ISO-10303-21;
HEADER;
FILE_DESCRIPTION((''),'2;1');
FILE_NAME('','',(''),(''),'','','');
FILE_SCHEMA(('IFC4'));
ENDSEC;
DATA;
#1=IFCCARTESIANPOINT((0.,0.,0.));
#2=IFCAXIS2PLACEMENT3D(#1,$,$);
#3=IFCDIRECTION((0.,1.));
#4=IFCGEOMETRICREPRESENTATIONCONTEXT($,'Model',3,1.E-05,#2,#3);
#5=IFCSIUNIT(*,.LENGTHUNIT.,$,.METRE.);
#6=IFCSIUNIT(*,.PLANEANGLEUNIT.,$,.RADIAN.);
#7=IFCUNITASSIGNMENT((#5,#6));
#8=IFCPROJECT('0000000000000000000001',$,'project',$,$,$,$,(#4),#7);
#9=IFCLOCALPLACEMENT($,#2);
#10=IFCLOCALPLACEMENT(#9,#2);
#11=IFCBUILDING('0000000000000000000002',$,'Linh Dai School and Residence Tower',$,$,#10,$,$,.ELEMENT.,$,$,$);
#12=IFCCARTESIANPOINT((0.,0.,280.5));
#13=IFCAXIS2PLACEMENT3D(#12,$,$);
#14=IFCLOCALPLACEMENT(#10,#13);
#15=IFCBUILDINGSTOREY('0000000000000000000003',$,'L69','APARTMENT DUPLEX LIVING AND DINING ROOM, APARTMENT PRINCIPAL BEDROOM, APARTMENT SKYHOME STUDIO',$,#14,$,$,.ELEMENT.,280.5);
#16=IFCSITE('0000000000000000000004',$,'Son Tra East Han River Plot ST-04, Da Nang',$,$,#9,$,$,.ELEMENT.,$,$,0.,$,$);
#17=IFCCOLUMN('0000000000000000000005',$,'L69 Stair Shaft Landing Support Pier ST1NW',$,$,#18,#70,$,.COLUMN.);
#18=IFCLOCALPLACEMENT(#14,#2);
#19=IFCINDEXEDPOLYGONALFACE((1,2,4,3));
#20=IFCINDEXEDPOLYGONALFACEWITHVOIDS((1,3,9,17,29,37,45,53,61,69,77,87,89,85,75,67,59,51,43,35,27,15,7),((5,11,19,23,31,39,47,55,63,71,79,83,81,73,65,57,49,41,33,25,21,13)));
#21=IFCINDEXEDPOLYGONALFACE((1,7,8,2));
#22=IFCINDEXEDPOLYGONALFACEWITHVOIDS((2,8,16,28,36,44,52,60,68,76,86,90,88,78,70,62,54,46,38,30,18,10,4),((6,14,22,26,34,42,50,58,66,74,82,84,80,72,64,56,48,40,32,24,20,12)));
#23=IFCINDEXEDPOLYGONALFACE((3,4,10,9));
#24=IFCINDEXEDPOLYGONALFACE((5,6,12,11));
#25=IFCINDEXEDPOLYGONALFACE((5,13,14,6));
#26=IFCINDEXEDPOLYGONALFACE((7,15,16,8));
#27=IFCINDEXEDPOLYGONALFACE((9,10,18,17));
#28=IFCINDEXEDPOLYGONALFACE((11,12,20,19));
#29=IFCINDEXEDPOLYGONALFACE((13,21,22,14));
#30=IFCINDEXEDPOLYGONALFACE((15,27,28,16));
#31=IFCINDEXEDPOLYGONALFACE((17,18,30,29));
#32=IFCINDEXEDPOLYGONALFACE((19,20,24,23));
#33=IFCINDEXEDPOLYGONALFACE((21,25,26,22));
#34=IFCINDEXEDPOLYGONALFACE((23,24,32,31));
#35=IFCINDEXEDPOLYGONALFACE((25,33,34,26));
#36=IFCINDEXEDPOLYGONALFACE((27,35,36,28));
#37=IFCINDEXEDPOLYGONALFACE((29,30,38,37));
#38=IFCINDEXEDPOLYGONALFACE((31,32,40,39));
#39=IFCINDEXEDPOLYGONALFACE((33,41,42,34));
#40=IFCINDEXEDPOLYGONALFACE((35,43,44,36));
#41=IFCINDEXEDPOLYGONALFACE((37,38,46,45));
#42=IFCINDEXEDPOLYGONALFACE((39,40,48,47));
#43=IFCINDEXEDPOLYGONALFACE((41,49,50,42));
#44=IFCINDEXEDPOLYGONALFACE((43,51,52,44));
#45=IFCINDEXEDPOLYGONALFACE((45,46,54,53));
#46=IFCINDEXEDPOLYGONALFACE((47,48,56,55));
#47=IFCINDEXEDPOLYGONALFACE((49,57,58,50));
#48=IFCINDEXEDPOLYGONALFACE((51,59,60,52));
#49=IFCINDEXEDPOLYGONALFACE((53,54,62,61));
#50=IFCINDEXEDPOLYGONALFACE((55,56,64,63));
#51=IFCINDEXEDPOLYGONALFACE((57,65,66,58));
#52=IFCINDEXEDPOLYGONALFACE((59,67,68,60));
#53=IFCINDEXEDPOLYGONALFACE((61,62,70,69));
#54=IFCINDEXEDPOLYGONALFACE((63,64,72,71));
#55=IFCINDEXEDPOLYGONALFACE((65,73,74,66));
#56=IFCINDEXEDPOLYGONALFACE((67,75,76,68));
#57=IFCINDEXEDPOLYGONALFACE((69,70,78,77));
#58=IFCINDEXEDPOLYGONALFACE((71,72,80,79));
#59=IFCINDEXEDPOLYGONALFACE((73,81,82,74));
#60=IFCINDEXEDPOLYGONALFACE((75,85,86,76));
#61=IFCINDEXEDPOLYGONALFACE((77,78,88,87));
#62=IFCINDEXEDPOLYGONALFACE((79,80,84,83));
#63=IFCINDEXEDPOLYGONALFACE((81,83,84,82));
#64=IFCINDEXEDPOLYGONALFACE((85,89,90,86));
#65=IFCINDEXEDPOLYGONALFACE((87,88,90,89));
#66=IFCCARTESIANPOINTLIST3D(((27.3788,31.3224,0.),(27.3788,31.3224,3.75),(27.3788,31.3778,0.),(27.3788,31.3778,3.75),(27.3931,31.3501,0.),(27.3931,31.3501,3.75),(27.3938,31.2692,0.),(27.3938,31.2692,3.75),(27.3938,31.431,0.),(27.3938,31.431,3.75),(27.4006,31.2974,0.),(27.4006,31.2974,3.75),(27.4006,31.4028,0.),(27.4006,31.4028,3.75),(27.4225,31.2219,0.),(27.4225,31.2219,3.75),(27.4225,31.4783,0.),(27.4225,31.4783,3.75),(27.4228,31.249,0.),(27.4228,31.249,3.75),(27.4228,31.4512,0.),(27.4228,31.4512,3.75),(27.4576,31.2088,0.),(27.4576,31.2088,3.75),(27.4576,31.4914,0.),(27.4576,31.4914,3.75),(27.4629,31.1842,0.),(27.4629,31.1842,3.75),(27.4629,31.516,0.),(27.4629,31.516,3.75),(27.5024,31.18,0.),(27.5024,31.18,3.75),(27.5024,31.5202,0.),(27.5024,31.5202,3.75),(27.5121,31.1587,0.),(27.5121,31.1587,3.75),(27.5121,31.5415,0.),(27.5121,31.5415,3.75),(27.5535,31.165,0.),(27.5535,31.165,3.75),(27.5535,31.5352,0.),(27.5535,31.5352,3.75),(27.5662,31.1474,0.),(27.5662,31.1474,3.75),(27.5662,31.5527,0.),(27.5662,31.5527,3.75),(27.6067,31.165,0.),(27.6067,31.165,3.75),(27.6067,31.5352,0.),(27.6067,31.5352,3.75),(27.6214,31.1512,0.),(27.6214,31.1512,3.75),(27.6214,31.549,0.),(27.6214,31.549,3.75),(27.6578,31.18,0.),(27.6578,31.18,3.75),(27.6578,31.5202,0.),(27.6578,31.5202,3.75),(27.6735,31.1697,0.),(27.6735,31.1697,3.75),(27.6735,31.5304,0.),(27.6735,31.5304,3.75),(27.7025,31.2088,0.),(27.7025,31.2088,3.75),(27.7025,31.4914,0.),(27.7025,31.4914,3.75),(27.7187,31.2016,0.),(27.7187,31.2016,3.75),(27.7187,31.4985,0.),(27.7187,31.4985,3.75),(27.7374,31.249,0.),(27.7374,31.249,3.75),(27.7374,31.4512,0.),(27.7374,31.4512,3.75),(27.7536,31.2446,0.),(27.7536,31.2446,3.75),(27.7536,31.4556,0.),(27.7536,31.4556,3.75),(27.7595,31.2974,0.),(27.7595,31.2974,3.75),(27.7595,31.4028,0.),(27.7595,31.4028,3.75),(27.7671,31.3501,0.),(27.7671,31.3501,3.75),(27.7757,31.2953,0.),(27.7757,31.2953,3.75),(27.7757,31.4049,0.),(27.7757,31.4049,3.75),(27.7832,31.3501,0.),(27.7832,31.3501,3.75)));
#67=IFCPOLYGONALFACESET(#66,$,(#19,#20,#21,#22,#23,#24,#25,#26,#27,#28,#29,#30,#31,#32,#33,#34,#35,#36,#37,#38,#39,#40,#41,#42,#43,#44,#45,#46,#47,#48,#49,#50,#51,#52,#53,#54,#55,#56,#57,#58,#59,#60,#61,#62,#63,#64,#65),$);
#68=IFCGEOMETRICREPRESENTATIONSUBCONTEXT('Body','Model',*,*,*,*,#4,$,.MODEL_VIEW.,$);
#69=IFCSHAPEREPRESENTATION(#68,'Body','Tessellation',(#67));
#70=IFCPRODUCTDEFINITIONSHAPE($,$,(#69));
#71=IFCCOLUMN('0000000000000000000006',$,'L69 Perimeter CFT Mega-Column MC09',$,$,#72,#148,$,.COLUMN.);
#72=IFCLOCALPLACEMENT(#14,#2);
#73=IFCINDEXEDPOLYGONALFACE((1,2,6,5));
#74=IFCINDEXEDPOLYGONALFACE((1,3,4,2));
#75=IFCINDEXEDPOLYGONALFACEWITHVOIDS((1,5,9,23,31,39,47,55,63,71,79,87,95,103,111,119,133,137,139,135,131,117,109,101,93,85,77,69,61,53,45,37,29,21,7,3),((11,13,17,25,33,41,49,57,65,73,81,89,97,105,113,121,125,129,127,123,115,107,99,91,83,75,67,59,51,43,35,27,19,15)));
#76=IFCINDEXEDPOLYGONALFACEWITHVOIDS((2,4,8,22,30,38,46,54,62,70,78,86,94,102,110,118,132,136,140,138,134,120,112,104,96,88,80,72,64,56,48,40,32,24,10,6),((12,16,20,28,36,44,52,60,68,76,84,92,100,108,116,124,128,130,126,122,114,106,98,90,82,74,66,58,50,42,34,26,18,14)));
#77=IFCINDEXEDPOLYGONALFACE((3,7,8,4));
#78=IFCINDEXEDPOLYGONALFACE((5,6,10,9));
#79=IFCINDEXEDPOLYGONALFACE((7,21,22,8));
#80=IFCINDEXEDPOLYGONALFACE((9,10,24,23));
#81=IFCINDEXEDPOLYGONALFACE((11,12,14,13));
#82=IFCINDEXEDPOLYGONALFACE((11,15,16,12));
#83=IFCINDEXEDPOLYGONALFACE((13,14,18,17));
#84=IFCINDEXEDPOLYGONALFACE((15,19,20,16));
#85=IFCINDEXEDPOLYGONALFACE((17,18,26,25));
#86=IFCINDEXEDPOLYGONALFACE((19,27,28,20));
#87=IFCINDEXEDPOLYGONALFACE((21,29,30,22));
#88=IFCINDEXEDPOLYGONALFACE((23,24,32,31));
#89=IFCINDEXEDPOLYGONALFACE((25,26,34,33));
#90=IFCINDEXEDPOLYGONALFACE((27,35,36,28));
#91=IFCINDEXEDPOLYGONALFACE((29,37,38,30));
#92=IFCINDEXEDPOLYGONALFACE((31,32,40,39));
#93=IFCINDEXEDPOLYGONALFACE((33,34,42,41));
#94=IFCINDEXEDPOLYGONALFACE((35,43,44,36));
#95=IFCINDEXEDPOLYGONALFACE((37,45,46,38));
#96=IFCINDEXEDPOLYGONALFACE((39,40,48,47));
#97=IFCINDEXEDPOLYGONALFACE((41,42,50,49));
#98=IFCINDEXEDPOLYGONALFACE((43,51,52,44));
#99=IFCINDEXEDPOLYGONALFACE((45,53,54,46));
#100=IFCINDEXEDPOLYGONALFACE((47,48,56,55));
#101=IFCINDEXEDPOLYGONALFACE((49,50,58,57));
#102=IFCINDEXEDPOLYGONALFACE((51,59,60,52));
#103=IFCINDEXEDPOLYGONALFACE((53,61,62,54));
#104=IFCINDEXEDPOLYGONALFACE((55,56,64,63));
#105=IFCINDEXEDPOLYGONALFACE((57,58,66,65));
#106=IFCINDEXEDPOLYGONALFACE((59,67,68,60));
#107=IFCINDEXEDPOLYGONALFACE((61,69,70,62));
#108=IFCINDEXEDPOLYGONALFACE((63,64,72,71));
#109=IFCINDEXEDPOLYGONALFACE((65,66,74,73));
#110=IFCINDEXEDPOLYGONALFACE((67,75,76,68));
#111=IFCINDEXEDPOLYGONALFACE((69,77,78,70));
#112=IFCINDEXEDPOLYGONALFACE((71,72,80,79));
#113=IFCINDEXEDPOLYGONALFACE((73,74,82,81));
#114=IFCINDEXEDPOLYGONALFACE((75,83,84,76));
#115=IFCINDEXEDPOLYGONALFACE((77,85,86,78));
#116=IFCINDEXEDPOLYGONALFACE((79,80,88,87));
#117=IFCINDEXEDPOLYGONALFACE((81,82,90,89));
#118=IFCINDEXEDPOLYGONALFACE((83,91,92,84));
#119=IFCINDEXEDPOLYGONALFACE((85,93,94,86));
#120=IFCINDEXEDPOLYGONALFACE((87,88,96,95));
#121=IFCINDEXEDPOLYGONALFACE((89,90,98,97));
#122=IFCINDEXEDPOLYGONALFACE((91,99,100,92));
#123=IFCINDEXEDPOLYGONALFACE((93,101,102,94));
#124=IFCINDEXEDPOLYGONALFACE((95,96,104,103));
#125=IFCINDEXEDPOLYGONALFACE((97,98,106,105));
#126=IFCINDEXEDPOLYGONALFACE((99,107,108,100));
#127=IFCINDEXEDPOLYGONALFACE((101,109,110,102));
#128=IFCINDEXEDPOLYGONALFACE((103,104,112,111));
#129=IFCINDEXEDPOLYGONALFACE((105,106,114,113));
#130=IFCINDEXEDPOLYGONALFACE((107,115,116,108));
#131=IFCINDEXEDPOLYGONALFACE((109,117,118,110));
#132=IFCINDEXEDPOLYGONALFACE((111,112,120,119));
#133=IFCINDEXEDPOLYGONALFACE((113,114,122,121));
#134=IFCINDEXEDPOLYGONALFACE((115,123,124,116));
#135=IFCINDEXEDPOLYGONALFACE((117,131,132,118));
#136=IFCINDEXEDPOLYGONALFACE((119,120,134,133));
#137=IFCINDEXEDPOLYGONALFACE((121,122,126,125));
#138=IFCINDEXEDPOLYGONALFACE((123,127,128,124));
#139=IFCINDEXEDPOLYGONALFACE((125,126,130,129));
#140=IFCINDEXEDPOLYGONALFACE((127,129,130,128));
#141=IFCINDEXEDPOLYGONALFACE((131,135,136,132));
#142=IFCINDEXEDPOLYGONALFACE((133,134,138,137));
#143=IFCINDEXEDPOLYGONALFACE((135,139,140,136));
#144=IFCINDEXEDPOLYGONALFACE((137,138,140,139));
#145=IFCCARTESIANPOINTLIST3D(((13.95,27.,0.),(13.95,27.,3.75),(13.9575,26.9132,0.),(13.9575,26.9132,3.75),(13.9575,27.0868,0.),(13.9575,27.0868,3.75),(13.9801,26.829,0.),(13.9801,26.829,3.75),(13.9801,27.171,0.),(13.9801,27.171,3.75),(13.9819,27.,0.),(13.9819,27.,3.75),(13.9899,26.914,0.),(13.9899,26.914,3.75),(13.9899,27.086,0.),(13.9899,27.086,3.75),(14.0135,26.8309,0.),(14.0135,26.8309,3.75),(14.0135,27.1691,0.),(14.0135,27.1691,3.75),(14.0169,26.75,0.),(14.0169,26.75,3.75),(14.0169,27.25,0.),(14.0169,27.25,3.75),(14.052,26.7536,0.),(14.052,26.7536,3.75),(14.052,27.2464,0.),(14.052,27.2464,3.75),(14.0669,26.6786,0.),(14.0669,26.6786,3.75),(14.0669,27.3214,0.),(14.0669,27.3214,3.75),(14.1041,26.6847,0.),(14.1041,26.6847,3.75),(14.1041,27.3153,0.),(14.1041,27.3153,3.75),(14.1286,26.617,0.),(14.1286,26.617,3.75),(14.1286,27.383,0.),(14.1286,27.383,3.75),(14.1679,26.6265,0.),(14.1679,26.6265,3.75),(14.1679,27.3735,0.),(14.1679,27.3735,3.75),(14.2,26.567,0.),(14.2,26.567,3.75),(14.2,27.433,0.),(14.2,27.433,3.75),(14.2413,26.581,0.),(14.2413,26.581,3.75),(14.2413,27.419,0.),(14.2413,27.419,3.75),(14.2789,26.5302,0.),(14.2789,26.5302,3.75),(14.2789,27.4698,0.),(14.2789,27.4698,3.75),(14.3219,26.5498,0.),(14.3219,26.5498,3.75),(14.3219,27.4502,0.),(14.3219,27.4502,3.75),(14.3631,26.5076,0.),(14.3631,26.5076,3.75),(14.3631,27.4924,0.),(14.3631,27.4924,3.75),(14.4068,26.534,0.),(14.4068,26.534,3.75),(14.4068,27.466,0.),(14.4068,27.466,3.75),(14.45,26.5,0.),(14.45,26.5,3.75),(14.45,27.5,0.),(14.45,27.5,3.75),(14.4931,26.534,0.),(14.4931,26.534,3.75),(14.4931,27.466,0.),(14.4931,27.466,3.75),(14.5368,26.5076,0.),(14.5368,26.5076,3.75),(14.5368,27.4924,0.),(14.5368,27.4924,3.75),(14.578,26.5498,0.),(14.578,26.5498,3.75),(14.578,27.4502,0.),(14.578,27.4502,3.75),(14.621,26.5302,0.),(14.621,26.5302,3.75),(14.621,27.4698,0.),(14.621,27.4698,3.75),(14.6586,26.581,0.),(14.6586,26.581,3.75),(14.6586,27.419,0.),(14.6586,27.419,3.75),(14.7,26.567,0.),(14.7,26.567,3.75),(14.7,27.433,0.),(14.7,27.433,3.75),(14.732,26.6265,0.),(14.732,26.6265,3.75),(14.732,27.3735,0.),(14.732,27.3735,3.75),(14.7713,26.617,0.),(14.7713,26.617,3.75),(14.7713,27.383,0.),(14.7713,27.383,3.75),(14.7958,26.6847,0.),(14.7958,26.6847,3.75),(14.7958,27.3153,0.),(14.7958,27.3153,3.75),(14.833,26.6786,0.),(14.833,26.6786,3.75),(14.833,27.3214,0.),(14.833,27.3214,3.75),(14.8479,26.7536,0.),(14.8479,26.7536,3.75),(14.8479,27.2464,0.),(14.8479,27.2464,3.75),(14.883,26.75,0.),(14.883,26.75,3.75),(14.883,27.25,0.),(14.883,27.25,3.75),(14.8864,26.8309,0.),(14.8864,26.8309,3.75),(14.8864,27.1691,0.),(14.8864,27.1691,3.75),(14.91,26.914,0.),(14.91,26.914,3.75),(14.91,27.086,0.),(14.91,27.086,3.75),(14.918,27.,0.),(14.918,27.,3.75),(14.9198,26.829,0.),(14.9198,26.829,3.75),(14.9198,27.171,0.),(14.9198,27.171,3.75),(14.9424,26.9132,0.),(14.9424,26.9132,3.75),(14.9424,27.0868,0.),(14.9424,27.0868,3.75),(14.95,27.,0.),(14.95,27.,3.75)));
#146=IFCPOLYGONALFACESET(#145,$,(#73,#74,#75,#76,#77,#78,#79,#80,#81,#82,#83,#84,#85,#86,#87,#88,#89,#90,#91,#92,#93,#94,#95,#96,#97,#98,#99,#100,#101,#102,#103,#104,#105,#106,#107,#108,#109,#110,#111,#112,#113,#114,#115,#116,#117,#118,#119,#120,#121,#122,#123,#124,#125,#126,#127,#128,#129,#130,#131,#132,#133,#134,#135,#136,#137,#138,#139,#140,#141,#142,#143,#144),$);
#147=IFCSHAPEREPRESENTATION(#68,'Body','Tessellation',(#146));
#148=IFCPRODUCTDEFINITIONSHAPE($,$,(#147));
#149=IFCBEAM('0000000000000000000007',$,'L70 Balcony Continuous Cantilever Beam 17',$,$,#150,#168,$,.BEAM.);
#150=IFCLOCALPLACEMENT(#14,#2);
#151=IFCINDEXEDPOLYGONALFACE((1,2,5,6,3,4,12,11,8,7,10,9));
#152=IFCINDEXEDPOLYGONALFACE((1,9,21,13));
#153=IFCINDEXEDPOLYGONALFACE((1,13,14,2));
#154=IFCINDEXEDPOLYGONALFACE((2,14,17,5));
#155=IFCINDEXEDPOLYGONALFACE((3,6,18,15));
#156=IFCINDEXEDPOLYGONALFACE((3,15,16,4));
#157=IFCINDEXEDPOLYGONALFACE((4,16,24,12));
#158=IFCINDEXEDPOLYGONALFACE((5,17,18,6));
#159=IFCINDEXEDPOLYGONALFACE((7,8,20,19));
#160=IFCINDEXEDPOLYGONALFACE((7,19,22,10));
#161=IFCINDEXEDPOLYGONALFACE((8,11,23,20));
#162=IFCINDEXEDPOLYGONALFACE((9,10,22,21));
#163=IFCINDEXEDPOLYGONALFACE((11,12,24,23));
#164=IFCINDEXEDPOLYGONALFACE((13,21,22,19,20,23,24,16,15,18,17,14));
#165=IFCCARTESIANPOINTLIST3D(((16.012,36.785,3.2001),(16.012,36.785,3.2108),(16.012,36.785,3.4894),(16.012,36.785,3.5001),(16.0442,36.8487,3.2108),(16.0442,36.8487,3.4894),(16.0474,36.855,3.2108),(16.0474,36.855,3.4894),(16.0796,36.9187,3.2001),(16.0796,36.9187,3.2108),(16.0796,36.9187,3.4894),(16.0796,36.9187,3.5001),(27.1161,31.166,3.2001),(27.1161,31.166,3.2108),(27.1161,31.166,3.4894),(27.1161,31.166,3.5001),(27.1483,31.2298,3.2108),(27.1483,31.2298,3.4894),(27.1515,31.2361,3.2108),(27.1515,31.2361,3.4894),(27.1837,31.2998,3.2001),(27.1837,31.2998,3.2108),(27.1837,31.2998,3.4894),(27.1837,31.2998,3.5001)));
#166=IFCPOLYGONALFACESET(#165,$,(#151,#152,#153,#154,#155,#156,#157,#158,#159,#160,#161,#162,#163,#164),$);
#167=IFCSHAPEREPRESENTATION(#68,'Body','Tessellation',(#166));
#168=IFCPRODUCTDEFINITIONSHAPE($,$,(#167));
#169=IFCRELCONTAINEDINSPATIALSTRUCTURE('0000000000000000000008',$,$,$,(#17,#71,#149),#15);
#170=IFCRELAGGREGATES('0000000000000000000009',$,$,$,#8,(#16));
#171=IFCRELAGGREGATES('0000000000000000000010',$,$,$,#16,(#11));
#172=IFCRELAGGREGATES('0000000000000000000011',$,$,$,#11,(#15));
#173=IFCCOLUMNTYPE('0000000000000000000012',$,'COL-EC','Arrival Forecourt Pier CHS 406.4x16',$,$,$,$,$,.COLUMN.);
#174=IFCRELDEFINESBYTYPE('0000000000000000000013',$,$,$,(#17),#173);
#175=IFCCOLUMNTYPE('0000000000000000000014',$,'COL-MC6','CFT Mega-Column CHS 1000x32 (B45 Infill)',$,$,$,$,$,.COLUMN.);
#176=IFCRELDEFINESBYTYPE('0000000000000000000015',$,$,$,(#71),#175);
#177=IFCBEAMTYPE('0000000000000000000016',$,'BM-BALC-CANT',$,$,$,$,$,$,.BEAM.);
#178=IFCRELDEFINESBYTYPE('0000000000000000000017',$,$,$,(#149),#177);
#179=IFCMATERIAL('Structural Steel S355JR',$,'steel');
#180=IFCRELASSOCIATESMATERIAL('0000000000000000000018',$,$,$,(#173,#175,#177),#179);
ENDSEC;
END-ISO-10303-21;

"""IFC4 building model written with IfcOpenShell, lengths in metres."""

from ifc_helpers import new_model, si_unit, direction, frame, origin, origin_2d, place, context, subcontext, project, spatial, hollow_circle, i_section, extrude, material, material_profile, profile_set, type_object, element, save


model = new_model("IFC4")

# Units and contexts
model_context = context("Model", 3, precision=1e-05, world=origin(), true_north=direction((0.0, 1.0)))
body_context = subcontext(model_context, "Body", "Model", "MODEL_VIEW")
ifc_project = project(units=[si_unit("LENGTHUNIT", "METRE"), si_unit("PLANEANGLEUNIT", "RADIAN")], contexts=[model_context])

# Site, building, storey
site_placement = place(None, origin())
site = spatial("IfcSite", under=ifc_project, at=site_placement, Name="Son Tra East Han River Plot ST-04, Da Nang", CompositionType="ELEMENT", RefElevation=0.0)
building_placement = place(site_placement, origin())
building = spatial("IfcBuilding", under=site, at=building_placement, Name="Linh Dai School and Residence Tower", CompositionType="ELEMENT")
storey_placement = place(building_placement, frame((0.0, 0.0, 280.5)))
storey = spatial("IfcBuildingStorey", under=building, at=storey_placement, Name="L69", Description="APARTMENT DUPLEX LIVING AND DINING ROOM, APARTMENT PRINCIPAL BEDROOM, APARTMENT SKYHOME STUDIO", CompositionType="ELEMENT", Elevation=280.5)

# Columns
ifc_material_1 = material(Name="Structural Steel S355JR", Category="steel")
ifc_material_profile_1 = material_profile(ifc_material_1, hollow_circle(Radius=0.2031, WallThickness=0.0161, at=origin_2d()), Name="CHS 406.4x16")
ifc_profile_set_1 = profile_set([ifc_material_profile_1], Name="Structural Steel S355JR")
column_type_1 = type_object("IfcColumnType", Name="COL-EC", Description="Arrival Forecourt Pier CHS 406.4x16", PredefinedType="COLUMN", material=ifc_profile_set_1)
column_1_placement = place(storey_placement, frame((27.5801, 31.3501, 0.0), z_axis=(0.0, 0.0, 1.0), x_axis=(1.0, 0.0, 0.0)))
element("IfcColumn", 1, at=column_1_placement, inside=storey, type_object=column_type_1, Name="L69 Stair Shaft Landing Support Pier ST1NW", PredefinedType="COLUMN", context=body_context, shape_type="SweptSolid", body=[
    extrude(hollow_circle(Radius=0.2031, WallThickness=0.0161, at=origin_2d()), origin(), (0.0, 0.0, 1.0), 3.75),
])
ifc_material_profile_2 = material_profile(ifc_material_1, hollow_circle(Radius=0.5, WallThickness=0.032, at=origin_2d()), Name="CHS 1000x32")
ifc_profile_set_2 = profile_set([ifc_material_profile_2], Name="Structural Steel S355JR")
column_type_2 = type_object("IfcColumnType", Name="COL-MC6", Description="CFT Mega-Column CHS 1000x32 (B45 Infill)", PredefinedType="COLUMN", material=ifc_profile_set_2)
column_2_placement = place(storey_placement, frame((14.45, 27.0, 0.0), z_axis=(0.0, 0.0, 1.0), x_axis=(1.0, 0.0, 0.0)))
element("IfcColumn", 2, at=column_2_placement, inside=storey, type_object=column_type_2, Name="L69 Perimeter CFT Mega-Column MC09", PredefinedType="COLUMN", context=body_context, shape_type="SweptSolid", body=[
    extrude(hollow_circle(Radius=0.5, WallThickness=0.032, at=origin_2d()), origin(), (0.0, 0.0, 1.0), 3.75),
])

# Beam
ifc_material_profile_3 = material_profile(ifc_material_1, i_section(OverallWidth=0.1499, OverallDepth=0.3, WebThickness=0.0071, FlangeThickness=0.0107, at=origin_2d()), Name="IPE 300")
ifc_profile_set_3 = profile_set([ifc_material_profile_3], Name="Structural Steel S355JR")
beam_type_1 = type_object("IfcBeamType", Name="BM-BALC-CANT", PredefinedType="BEAM", material=ifc_profile_set_3)
beam_1_placement = place(storey_placement, frame((27.1499, 31.2329, 3.3501), z_axis=(-0.892267, 0.451509, 0.0), x_axis=(-0.451509, -0.892267, 0.0)))
element("IfcBeam", 3, at=beam_1_placement, inside=storey, type_object=beam_type_1, Name="L70 Balcony Continuous Cantilever Beam 17", PredefinedType="BEAM", context=body_context, shape_type="SweptSolid", body=[
    extrude(i_section(OverallWidth=0.1499, OverallDepth=0.3, WebThickness=0.0071, FlangeThickness=0.0107, at=origin_2d()), origin(), (0.0, 0.0, 1.0), 12.4448),
])

save(model, "model.ifc")
